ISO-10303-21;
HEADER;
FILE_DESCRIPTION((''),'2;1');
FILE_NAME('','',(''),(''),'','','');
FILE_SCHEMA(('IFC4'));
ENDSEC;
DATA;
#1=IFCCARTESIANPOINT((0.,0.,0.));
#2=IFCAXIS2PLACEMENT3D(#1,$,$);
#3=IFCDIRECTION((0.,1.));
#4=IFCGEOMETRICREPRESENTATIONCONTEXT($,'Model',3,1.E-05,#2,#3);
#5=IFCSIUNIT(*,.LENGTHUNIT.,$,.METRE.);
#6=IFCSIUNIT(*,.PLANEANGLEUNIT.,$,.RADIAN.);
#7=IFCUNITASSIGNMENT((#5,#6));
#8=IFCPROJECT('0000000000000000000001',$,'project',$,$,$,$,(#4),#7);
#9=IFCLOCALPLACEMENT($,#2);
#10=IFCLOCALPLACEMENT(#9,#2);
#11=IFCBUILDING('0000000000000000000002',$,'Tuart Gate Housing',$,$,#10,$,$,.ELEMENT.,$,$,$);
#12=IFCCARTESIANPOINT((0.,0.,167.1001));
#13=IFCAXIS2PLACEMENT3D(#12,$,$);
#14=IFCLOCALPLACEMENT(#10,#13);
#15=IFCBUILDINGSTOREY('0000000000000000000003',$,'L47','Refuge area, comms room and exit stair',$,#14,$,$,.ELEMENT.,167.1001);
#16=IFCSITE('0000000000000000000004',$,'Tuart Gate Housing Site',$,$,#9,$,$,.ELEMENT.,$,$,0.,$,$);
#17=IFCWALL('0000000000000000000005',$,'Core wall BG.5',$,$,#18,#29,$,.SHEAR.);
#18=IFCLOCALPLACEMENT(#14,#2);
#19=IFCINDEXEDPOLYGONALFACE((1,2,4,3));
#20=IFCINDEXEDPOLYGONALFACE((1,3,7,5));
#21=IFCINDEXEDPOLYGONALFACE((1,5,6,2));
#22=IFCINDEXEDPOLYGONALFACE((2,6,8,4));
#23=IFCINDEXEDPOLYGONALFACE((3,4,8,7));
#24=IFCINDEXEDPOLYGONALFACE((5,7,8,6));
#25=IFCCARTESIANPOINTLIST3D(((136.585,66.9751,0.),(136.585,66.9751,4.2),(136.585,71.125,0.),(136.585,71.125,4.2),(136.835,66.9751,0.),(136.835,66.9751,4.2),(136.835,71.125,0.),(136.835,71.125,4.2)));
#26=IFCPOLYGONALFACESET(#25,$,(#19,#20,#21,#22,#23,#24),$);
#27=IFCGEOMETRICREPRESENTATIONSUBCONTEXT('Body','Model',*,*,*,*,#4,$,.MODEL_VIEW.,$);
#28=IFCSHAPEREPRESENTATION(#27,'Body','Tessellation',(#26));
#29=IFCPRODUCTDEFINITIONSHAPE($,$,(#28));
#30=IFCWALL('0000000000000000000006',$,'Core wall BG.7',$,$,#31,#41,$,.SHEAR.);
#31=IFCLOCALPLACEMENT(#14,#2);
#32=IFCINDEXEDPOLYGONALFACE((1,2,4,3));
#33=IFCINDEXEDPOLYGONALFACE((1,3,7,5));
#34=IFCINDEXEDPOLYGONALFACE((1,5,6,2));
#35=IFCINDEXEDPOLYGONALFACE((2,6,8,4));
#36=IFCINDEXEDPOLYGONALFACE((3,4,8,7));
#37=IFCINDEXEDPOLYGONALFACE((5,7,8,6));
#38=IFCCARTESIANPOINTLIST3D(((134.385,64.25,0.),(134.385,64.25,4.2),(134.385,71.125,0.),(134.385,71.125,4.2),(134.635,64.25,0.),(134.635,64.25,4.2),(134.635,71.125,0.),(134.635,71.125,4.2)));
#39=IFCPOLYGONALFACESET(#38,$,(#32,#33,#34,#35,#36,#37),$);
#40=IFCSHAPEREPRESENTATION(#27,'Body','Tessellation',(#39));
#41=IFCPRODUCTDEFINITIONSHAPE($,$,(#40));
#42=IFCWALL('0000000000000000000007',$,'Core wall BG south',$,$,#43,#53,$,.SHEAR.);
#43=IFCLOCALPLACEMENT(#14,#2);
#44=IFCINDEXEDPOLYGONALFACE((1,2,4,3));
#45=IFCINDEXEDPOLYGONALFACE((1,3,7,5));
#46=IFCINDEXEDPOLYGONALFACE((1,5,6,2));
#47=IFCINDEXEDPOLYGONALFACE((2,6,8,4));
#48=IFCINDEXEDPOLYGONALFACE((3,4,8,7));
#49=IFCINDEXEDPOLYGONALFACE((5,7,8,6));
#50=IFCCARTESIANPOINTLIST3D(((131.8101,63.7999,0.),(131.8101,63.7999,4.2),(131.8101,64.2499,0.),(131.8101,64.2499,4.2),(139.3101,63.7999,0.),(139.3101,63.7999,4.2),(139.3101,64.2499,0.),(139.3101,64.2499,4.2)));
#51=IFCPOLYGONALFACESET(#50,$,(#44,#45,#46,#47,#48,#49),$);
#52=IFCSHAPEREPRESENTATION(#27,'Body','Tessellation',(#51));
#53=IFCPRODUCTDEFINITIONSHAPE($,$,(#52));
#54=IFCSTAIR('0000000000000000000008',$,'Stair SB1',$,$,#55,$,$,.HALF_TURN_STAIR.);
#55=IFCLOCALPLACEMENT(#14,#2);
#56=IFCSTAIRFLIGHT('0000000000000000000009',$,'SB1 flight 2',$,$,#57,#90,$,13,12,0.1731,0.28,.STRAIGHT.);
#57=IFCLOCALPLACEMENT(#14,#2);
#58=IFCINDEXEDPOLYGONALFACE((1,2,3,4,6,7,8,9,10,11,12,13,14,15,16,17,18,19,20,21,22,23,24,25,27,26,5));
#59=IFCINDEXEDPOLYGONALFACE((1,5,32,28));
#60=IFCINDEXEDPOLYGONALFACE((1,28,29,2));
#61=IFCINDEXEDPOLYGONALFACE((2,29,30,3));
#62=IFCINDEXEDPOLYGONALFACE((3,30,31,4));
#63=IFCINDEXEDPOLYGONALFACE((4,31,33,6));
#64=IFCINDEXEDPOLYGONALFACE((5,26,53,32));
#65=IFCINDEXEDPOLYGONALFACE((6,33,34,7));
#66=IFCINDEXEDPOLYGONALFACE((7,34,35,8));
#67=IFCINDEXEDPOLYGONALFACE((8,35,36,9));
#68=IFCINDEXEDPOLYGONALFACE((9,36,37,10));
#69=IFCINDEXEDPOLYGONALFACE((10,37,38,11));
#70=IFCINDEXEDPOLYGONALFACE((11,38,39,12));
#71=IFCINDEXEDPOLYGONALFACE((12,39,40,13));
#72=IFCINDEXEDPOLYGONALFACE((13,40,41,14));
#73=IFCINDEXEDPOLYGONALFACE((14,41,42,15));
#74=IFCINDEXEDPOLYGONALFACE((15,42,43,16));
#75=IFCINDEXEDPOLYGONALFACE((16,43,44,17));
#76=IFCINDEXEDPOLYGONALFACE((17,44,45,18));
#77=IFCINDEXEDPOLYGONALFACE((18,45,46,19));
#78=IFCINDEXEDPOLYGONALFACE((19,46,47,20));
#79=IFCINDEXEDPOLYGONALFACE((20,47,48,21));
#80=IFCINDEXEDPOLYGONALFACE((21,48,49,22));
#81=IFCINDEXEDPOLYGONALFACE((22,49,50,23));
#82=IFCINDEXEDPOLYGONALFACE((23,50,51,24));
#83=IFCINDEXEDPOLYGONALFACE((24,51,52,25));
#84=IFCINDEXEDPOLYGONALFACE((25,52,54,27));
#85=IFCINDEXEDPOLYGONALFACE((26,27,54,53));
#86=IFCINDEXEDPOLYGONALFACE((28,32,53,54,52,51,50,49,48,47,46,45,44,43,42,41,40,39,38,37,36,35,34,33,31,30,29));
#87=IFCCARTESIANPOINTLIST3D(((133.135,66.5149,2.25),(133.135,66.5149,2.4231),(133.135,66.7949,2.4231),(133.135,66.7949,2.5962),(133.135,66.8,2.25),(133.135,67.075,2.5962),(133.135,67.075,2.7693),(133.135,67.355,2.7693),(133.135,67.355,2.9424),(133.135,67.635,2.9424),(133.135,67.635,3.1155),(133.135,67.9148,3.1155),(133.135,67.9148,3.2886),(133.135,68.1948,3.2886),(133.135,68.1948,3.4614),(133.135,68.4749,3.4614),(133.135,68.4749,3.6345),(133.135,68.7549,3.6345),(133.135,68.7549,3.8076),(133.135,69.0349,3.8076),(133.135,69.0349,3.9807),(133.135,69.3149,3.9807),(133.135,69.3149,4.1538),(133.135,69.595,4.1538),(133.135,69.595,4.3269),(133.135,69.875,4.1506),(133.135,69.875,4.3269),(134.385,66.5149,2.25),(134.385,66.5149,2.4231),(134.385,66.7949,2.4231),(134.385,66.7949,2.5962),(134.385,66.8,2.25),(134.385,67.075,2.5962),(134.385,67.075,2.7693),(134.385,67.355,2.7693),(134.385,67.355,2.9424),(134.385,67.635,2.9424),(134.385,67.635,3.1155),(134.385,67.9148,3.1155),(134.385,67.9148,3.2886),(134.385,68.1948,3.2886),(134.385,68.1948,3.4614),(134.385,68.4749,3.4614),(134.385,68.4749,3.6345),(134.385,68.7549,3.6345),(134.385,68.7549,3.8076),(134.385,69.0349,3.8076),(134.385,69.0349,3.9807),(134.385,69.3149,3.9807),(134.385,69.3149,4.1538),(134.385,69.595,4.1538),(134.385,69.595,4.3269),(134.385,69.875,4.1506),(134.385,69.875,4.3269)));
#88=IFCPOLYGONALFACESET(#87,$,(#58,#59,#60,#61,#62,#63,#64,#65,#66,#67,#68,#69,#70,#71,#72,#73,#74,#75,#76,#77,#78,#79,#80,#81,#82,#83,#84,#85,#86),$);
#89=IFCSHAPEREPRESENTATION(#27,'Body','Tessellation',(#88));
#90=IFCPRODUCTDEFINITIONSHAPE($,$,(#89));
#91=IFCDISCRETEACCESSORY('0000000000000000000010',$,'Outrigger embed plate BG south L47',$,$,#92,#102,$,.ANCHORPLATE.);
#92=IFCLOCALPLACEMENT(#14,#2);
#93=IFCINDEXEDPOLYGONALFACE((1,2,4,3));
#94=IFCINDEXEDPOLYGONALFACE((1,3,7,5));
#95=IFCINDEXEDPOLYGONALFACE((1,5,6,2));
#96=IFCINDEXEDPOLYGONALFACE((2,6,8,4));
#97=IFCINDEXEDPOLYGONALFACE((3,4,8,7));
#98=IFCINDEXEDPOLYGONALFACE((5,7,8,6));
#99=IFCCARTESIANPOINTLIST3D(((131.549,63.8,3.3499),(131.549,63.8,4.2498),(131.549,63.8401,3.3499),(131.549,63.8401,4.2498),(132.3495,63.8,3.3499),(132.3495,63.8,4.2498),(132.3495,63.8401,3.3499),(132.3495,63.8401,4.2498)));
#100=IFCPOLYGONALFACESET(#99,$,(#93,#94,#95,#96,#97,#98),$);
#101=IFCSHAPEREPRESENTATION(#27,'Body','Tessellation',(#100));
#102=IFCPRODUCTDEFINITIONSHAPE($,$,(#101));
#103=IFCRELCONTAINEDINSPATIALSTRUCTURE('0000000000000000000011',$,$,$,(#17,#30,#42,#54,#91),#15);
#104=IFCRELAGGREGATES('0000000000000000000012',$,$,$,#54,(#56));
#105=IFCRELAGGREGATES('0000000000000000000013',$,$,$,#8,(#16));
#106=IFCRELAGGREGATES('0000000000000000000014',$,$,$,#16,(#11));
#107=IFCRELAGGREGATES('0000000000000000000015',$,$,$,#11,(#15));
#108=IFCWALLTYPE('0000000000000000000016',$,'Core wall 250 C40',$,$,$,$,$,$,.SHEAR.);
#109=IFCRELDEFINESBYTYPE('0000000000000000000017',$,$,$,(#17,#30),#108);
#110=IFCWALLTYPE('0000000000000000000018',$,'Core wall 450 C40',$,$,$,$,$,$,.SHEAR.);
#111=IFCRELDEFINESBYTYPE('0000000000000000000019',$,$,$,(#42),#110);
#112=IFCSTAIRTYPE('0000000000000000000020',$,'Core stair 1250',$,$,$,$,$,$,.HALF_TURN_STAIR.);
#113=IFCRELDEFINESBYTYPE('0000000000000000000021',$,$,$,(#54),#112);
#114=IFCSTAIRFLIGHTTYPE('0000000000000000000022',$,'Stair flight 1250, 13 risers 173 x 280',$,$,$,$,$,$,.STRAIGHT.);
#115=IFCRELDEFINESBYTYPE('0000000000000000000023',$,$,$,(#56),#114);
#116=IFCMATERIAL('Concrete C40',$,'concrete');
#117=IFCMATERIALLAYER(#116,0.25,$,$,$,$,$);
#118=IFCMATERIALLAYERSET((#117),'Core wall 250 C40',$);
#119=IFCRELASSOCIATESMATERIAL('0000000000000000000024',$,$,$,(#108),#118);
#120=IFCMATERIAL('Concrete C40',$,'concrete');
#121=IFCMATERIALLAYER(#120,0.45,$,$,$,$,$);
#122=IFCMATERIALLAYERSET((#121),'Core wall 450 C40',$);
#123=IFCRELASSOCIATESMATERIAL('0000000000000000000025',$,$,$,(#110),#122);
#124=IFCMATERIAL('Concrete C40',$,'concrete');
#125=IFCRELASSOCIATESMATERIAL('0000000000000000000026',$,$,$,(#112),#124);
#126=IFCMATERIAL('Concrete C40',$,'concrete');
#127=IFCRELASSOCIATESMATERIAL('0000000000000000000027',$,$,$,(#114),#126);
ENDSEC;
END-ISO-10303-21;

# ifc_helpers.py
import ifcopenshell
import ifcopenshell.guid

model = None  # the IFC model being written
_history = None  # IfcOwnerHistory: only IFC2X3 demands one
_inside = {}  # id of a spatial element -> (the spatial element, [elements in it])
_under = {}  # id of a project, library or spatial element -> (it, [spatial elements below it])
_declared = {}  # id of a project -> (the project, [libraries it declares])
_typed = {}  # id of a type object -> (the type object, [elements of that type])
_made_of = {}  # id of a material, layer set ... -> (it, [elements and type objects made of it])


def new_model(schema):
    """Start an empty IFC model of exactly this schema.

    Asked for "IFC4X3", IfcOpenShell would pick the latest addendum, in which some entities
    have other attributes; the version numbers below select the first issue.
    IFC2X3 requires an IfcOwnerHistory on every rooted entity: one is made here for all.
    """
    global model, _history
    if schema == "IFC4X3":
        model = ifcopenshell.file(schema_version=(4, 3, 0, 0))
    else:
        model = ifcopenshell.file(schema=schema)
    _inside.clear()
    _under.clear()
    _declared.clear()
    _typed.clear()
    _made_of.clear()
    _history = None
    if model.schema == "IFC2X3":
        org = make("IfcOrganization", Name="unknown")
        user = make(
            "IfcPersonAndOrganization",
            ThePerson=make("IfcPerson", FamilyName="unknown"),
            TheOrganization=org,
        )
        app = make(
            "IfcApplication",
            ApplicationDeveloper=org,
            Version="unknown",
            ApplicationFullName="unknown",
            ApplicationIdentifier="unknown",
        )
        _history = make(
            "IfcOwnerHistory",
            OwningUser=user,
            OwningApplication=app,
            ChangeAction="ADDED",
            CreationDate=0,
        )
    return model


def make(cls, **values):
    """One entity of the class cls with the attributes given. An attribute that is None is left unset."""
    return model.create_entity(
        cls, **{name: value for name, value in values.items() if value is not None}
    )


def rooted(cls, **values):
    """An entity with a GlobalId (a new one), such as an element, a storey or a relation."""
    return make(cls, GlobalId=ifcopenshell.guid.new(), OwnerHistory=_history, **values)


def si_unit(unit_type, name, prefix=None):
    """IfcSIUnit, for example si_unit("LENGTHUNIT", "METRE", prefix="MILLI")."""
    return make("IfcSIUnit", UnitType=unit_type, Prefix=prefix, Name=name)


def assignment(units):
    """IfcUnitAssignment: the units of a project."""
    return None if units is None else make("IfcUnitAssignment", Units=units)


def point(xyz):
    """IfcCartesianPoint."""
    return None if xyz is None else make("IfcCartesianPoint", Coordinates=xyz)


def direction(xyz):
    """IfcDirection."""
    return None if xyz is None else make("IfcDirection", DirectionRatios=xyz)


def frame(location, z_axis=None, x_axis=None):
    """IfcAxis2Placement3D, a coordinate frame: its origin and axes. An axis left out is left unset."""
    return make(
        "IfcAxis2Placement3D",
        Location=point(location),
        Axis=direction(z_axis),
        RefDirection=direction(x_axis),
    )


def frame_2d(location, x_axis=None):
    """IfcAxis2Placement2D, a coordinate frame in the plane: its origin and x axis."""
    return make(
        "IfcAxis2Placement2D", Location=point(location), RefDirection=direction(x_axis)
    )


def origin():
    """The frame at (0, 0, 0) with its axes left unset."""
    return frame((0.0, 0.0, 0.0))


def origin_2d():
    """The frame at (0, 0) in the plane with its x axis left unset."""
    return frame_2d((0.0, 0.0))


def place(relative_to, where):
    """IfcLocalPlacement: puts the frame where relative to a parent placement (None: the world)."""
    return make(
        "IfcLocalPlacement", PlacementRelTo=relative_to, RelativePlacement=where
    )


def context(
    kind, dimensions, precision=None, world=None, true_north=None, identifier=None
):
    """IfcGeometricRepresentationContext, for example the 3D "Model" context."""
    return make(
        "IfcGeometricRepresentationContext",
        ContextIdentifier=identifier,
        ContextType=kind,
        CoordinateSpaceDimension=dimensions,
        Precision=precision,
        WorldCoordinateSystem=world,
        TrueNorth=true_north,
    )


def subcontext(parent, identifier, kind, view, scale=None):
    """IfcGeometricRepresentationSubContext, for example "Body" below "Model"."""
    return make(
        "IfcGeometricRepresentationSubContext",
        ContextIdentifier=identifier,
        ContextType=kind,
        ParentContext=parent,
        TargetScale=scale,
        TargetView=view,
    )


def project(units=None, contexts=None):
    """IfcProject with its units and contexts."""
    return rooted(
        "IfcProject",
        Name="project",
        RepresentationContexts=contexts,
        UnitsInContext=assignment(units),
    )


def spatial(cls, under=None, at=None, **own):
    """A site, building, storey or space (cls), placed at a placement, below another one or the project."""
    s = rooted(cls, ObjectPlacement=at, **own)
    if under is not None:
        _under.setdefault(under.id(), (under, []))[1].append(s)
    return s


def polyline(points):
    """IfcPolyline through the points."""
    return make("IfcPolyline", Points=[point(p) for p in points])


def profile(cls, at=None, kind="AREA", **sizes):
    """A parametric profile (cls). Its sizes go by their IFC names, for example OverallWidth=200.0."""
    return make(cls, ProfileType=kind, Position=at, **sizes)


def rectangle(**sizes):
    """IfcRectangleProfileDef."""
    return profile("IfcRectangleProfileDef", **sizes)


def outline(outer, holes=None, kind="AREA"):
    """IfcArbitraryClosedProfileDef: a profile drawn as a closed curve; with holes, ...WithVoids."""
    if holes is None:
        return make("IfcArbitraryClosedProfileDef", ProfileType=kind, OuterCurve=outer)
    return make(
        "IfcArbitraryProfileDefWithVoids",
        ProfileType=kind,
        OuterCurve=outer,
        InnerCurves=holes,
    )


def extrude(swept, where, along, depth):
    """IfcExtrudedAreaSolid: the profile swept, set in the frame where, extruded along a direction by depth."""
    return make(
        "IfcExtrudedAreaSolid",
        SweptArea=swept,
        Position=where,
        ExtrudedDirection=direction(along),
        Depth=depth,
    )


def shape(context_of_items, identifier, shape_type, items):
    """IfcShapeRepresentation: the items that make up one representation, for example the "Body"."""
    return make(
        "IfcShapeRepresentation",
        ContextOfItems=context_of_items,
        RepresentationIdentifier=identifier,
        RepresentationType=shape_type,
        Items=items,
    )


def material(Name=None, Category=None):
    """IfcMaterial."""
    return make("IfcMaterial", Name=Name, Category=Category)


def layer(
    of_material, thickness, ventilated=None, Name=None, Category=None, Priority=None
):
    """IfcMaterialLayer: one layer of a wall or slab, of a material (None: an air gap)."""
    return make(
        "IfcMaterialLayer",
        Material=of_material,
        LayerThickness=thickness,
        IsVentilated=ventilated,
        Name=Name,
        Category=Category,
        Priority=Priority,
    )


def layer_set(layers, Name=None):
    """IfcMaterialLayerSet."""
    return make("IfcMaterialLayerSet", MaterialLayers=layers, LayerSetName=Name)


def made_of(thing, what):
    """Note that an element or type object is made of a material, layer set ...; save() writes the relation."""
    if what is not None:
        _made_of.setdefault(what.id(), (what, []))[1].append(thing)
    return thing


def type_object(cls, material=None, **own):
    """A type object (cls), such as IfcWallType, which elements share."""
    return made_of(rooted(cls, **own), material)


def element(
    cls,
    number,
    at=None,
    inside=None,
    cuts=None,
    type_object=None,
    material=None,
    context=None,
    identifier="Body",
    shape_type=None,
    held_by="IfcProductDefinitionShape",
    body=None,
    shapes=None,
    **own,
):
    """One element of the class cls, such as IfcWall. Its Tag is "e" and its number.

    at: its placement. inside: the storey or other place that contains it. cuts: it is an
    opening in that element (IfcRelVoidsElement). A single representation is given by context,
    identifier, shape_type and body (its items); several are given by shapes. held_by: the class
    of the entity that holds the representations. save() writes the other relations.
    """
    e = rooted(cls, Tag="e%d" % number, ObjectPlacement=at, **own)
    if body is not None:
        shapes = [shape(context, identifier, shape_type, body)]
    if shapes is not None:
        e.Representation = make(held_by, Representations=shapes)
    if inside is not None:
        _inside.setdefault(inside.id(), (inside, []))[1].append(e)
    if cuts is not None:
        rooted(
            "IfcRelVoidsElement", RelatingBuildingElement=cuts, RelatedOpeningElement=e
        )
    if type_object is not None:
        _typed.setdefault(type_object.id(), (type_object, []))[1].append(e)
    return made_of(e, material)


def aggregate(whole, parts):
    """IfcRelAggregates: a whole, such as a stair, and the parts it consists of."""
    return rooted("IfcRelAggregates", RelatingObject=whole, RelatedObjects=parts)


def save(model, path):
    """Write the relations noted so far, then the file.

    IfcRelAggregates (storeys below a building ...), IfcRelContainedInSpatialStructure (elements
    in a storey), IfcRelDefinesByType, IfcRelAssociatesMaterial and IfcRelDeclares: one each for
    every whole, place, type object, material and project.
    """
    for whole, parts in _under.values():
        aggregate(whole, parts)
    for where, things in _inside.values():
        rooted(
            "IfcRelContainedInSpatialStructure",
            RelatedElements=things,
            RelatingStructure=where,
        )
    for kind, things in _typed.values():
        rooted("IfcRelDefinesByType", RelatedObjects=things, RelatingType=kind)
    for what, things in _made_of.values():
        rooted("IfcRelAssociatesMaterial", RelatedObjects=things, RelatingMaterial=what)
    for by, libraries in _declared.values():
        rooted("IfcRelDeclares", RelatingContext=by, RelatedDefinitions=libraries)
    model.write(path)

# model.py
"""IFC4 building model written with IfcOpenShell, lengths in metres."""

from ifc_helpers import new_model, si_unit, direction, frame, frame_2d, origin, origin_2d, place, context, subcontext, project, spatial, polyline, rectangle, outline, extrude, material, layer, layer_set, type_object, element, aggregate, save


model = new_model("IFC4")

# Units and contexts
model_context = context("Model", 3, precision=1e-05, world=origin(), true_north=direction((0.0, 1.0)))
body_context = subcontext(model_context, "Body", "Model", "MODEL_VIEW")
ifc_project = project(units=[si_unit("LENGTHUNIT", "METRE"), si_unit("PLANEANGLEUNIT", "RADIAN")], contexts=[model_context])

# Site, building, storey
site_placement = place(None, origin())
site = spatial("IfcSite", under=ifc_project, at=site_placement, Name="Tuart Gate Housing Site", CompositionType="ELEMENT", RefElevation=0.0)
building_placement = place(site_placement, origin())
building = spatial("IfcBuilding", under=site, at=building_placement, Name="Tuart Gate Housing", CompositionType="ELEMENT")
storey_placement = place(building_placement, frame((0.0, 0.0, 167.1001)))
storey = spatial("IfcBuildingStorey", under=building, at=storey_placement, Name="L47", Description="Refuge area, comms room and exit stair", CompositionType="ELEMENT", Elevation=167.1001)

# Walls
ifc_material_1 = material(Name="Concrete C40", Category="concrete")
ifc_layer_1 = layer(ifc_material_1, 0.25)
ifc_layer_set_1 = layer_set([ifc_layer_1], Name="Core wall 250 C40")
wall_type_1 = type_object("IfcWallType", Name="Core wall 250 C40", PredefinedType="SHEAR", material=ifc_layer_set_1)
wall_1_placement = place(storey_placement, frame((136.71, 66.9751, 0.0), z_axis=(0.0, 0.0, 1.0), x_axis=(0.0, 1.0, 0.0)))
element("IfcWall", 1, at=wall_1_placement, inside=storey, type_object=wall_type_1, Name="Core wall BG.5", PredefinedType="SHEAR", context=body_context, shape_type="SweptSolid", body=[
    extrude(rectangle(XDim=4.1499, YDim=0.25, at=frame_2d((2.075, 0.0))), origin(), (0.0, 0.0, 1.0), 4.2),
])
wall_2_placement = place(storey_placement, frame((134.51, 64.25, 0.0), z_axis=(0.0, 0.0, 1.0), x_axis=(0.0, 1.0, 0.0)))
element("IfcWall", 2, at=wall_2_placement, inside=storey, type_object=wall_type_1, Name="Core wall BG.7", PredefinedType="SHEAR", context=body_context, shape_type="SweptSolid", body=[
    extrude(rectangle(XDim=6.875, YDim=0.25, at=frame_2d((3.4375, 0.0))), origin(), (0.0, 0.0, 1.0), 4.2),
])
ifc_material_2 = material(Name="Concrete C40", Category="concrete")
ifc_layer_2 = layer(ifc_material_2, 0.45)
ifc_layer_set_2 = layer_set([ifc_layer_2], Name="Core wall 450 C40")
wall_type_2 = type_object("IfcWallType", Name="Core wall 450 C40", PredefinedType="SHEAR", material=ifc_layer_set_2)
wall_3_placement = place(storey_placement, frame((139.3101, 64.0249, 0.0), z_axis=(0.0, 0.0, 1.0), x_axis=(-1.0, 0.0, 0.0)))
element("IfcWall", 3, at=wall_3_placement, inside=storey, type_object=wall_type_2, Name="Core wall BG south", PredefinedType="SHEAR", context=body_context, shape_type="SweptSolid", body=[
    extrude(rectangle(XDim=7.5, YDim=0.45, at=frame_2d((3.75, 0.0))), origin(), (0.0, 0.0, 1.0), 4.2),
])

# Stair, stair flight
ifc_material_3 = material(Name="Concrete C40", Category="concrete")
stair_type = type_object("IfcStairType", Name="Core stair 1250", PredefinedType="HALF_TURN_STAIR", material=ifc_material_3)
stair_placement = place(storey_placement, origin())
stair = element("IfcStair", 4, at=stair_placement, inside=storey, type_object=stair_type, Name="Stair SB1", PredefinedType="HALF_TURN_STAIR")
ifc_material_4 = material(Name="Concrete C40", Category="concrete")
stair_flight_type = type_object("IfcStairFlightType", Name="Stair flight 1250, 13 risers 173 x 280", PredefinedType="STRAIGHT", material=ifc_material_4)
stair_flight_placement = place(storey_placement, frame((133.76, 66.5149, 2.25), z_axis=(0.0, 0.0, 1.0), x_axis=(0.0, 1.0, 0.0)))
stair_flight = element("IfcStairFlight", 5, at=stair_flight_placement, type_object=stair_flight_type, Name="SB1 flight 2", NumberOfRisers=13, NumberOfTreads=12, PredefinedType="STRAIGHT", RiserHeight=0.1731, TreadLength=0.28, context=body_context, shape_type="SweptSolid", body=[
    extrude(outline(polyline([(0.0, 0.0), (0.0, 0.1731), (0.28, 0.1731), (0.28, 0.3462), (0.5601, 0.3462), (0.5601, 0.5193), (0.8401, 0.5193), (0.8401, 0.6924), (1.1201, 0.6924), (1.1201, 0.8655), (1.3999, 0.8655), (1.3999, 1.0386), (1.6799, 1.0386), (1.6799, 1.2114), (1.96, 1.2114), (1.96, 1.3845), (2.24, 1.3845), (2.24, 1.5576), (2.52, 1.5576), (2.52, 1.7307), (2.8, 1.7307), (2.8, 1.9038), (3.0801, 1.9038), (3.0801, 2.0769), (3.3601, 2.0769), (3.3601, 2.25), (3.3601, 1.9006), (0.2852, 0.0), (0.0, 0.0)])), frame((0.0, 0.625, 0.0), z_axis=(0.0, -1.0, 0.0), x_axis=(1.0, 0.0, 0.0)), (0.0, 0.0, 1.0), 1.25),
])
aggregate(stair, [stair_flight])

# Discrete accessory
discrete_accessory_placement = place(storey_placement, frame((131.9492, 63.8201, 3.3499), z_axis=(0.0, 0.0, 1.0), x_axis=(1.0, 0.0, 0.0)))
element("IfcDiscreteAccessory", 6, at=discrete_accessory_placement, inside=storey, Name="Outrigger embed plate BG south L47", PredefinedType="ANCHORPLATE", context=body_context, shape_type="SweptSolid", body=[
    extrude(rectangle(XDim=0.8005, YDim=0.04, at=origin_2d()), origin(), (0.0, 0.0, 1.0), 0.8999),
])

save(model, "model.ifc")
